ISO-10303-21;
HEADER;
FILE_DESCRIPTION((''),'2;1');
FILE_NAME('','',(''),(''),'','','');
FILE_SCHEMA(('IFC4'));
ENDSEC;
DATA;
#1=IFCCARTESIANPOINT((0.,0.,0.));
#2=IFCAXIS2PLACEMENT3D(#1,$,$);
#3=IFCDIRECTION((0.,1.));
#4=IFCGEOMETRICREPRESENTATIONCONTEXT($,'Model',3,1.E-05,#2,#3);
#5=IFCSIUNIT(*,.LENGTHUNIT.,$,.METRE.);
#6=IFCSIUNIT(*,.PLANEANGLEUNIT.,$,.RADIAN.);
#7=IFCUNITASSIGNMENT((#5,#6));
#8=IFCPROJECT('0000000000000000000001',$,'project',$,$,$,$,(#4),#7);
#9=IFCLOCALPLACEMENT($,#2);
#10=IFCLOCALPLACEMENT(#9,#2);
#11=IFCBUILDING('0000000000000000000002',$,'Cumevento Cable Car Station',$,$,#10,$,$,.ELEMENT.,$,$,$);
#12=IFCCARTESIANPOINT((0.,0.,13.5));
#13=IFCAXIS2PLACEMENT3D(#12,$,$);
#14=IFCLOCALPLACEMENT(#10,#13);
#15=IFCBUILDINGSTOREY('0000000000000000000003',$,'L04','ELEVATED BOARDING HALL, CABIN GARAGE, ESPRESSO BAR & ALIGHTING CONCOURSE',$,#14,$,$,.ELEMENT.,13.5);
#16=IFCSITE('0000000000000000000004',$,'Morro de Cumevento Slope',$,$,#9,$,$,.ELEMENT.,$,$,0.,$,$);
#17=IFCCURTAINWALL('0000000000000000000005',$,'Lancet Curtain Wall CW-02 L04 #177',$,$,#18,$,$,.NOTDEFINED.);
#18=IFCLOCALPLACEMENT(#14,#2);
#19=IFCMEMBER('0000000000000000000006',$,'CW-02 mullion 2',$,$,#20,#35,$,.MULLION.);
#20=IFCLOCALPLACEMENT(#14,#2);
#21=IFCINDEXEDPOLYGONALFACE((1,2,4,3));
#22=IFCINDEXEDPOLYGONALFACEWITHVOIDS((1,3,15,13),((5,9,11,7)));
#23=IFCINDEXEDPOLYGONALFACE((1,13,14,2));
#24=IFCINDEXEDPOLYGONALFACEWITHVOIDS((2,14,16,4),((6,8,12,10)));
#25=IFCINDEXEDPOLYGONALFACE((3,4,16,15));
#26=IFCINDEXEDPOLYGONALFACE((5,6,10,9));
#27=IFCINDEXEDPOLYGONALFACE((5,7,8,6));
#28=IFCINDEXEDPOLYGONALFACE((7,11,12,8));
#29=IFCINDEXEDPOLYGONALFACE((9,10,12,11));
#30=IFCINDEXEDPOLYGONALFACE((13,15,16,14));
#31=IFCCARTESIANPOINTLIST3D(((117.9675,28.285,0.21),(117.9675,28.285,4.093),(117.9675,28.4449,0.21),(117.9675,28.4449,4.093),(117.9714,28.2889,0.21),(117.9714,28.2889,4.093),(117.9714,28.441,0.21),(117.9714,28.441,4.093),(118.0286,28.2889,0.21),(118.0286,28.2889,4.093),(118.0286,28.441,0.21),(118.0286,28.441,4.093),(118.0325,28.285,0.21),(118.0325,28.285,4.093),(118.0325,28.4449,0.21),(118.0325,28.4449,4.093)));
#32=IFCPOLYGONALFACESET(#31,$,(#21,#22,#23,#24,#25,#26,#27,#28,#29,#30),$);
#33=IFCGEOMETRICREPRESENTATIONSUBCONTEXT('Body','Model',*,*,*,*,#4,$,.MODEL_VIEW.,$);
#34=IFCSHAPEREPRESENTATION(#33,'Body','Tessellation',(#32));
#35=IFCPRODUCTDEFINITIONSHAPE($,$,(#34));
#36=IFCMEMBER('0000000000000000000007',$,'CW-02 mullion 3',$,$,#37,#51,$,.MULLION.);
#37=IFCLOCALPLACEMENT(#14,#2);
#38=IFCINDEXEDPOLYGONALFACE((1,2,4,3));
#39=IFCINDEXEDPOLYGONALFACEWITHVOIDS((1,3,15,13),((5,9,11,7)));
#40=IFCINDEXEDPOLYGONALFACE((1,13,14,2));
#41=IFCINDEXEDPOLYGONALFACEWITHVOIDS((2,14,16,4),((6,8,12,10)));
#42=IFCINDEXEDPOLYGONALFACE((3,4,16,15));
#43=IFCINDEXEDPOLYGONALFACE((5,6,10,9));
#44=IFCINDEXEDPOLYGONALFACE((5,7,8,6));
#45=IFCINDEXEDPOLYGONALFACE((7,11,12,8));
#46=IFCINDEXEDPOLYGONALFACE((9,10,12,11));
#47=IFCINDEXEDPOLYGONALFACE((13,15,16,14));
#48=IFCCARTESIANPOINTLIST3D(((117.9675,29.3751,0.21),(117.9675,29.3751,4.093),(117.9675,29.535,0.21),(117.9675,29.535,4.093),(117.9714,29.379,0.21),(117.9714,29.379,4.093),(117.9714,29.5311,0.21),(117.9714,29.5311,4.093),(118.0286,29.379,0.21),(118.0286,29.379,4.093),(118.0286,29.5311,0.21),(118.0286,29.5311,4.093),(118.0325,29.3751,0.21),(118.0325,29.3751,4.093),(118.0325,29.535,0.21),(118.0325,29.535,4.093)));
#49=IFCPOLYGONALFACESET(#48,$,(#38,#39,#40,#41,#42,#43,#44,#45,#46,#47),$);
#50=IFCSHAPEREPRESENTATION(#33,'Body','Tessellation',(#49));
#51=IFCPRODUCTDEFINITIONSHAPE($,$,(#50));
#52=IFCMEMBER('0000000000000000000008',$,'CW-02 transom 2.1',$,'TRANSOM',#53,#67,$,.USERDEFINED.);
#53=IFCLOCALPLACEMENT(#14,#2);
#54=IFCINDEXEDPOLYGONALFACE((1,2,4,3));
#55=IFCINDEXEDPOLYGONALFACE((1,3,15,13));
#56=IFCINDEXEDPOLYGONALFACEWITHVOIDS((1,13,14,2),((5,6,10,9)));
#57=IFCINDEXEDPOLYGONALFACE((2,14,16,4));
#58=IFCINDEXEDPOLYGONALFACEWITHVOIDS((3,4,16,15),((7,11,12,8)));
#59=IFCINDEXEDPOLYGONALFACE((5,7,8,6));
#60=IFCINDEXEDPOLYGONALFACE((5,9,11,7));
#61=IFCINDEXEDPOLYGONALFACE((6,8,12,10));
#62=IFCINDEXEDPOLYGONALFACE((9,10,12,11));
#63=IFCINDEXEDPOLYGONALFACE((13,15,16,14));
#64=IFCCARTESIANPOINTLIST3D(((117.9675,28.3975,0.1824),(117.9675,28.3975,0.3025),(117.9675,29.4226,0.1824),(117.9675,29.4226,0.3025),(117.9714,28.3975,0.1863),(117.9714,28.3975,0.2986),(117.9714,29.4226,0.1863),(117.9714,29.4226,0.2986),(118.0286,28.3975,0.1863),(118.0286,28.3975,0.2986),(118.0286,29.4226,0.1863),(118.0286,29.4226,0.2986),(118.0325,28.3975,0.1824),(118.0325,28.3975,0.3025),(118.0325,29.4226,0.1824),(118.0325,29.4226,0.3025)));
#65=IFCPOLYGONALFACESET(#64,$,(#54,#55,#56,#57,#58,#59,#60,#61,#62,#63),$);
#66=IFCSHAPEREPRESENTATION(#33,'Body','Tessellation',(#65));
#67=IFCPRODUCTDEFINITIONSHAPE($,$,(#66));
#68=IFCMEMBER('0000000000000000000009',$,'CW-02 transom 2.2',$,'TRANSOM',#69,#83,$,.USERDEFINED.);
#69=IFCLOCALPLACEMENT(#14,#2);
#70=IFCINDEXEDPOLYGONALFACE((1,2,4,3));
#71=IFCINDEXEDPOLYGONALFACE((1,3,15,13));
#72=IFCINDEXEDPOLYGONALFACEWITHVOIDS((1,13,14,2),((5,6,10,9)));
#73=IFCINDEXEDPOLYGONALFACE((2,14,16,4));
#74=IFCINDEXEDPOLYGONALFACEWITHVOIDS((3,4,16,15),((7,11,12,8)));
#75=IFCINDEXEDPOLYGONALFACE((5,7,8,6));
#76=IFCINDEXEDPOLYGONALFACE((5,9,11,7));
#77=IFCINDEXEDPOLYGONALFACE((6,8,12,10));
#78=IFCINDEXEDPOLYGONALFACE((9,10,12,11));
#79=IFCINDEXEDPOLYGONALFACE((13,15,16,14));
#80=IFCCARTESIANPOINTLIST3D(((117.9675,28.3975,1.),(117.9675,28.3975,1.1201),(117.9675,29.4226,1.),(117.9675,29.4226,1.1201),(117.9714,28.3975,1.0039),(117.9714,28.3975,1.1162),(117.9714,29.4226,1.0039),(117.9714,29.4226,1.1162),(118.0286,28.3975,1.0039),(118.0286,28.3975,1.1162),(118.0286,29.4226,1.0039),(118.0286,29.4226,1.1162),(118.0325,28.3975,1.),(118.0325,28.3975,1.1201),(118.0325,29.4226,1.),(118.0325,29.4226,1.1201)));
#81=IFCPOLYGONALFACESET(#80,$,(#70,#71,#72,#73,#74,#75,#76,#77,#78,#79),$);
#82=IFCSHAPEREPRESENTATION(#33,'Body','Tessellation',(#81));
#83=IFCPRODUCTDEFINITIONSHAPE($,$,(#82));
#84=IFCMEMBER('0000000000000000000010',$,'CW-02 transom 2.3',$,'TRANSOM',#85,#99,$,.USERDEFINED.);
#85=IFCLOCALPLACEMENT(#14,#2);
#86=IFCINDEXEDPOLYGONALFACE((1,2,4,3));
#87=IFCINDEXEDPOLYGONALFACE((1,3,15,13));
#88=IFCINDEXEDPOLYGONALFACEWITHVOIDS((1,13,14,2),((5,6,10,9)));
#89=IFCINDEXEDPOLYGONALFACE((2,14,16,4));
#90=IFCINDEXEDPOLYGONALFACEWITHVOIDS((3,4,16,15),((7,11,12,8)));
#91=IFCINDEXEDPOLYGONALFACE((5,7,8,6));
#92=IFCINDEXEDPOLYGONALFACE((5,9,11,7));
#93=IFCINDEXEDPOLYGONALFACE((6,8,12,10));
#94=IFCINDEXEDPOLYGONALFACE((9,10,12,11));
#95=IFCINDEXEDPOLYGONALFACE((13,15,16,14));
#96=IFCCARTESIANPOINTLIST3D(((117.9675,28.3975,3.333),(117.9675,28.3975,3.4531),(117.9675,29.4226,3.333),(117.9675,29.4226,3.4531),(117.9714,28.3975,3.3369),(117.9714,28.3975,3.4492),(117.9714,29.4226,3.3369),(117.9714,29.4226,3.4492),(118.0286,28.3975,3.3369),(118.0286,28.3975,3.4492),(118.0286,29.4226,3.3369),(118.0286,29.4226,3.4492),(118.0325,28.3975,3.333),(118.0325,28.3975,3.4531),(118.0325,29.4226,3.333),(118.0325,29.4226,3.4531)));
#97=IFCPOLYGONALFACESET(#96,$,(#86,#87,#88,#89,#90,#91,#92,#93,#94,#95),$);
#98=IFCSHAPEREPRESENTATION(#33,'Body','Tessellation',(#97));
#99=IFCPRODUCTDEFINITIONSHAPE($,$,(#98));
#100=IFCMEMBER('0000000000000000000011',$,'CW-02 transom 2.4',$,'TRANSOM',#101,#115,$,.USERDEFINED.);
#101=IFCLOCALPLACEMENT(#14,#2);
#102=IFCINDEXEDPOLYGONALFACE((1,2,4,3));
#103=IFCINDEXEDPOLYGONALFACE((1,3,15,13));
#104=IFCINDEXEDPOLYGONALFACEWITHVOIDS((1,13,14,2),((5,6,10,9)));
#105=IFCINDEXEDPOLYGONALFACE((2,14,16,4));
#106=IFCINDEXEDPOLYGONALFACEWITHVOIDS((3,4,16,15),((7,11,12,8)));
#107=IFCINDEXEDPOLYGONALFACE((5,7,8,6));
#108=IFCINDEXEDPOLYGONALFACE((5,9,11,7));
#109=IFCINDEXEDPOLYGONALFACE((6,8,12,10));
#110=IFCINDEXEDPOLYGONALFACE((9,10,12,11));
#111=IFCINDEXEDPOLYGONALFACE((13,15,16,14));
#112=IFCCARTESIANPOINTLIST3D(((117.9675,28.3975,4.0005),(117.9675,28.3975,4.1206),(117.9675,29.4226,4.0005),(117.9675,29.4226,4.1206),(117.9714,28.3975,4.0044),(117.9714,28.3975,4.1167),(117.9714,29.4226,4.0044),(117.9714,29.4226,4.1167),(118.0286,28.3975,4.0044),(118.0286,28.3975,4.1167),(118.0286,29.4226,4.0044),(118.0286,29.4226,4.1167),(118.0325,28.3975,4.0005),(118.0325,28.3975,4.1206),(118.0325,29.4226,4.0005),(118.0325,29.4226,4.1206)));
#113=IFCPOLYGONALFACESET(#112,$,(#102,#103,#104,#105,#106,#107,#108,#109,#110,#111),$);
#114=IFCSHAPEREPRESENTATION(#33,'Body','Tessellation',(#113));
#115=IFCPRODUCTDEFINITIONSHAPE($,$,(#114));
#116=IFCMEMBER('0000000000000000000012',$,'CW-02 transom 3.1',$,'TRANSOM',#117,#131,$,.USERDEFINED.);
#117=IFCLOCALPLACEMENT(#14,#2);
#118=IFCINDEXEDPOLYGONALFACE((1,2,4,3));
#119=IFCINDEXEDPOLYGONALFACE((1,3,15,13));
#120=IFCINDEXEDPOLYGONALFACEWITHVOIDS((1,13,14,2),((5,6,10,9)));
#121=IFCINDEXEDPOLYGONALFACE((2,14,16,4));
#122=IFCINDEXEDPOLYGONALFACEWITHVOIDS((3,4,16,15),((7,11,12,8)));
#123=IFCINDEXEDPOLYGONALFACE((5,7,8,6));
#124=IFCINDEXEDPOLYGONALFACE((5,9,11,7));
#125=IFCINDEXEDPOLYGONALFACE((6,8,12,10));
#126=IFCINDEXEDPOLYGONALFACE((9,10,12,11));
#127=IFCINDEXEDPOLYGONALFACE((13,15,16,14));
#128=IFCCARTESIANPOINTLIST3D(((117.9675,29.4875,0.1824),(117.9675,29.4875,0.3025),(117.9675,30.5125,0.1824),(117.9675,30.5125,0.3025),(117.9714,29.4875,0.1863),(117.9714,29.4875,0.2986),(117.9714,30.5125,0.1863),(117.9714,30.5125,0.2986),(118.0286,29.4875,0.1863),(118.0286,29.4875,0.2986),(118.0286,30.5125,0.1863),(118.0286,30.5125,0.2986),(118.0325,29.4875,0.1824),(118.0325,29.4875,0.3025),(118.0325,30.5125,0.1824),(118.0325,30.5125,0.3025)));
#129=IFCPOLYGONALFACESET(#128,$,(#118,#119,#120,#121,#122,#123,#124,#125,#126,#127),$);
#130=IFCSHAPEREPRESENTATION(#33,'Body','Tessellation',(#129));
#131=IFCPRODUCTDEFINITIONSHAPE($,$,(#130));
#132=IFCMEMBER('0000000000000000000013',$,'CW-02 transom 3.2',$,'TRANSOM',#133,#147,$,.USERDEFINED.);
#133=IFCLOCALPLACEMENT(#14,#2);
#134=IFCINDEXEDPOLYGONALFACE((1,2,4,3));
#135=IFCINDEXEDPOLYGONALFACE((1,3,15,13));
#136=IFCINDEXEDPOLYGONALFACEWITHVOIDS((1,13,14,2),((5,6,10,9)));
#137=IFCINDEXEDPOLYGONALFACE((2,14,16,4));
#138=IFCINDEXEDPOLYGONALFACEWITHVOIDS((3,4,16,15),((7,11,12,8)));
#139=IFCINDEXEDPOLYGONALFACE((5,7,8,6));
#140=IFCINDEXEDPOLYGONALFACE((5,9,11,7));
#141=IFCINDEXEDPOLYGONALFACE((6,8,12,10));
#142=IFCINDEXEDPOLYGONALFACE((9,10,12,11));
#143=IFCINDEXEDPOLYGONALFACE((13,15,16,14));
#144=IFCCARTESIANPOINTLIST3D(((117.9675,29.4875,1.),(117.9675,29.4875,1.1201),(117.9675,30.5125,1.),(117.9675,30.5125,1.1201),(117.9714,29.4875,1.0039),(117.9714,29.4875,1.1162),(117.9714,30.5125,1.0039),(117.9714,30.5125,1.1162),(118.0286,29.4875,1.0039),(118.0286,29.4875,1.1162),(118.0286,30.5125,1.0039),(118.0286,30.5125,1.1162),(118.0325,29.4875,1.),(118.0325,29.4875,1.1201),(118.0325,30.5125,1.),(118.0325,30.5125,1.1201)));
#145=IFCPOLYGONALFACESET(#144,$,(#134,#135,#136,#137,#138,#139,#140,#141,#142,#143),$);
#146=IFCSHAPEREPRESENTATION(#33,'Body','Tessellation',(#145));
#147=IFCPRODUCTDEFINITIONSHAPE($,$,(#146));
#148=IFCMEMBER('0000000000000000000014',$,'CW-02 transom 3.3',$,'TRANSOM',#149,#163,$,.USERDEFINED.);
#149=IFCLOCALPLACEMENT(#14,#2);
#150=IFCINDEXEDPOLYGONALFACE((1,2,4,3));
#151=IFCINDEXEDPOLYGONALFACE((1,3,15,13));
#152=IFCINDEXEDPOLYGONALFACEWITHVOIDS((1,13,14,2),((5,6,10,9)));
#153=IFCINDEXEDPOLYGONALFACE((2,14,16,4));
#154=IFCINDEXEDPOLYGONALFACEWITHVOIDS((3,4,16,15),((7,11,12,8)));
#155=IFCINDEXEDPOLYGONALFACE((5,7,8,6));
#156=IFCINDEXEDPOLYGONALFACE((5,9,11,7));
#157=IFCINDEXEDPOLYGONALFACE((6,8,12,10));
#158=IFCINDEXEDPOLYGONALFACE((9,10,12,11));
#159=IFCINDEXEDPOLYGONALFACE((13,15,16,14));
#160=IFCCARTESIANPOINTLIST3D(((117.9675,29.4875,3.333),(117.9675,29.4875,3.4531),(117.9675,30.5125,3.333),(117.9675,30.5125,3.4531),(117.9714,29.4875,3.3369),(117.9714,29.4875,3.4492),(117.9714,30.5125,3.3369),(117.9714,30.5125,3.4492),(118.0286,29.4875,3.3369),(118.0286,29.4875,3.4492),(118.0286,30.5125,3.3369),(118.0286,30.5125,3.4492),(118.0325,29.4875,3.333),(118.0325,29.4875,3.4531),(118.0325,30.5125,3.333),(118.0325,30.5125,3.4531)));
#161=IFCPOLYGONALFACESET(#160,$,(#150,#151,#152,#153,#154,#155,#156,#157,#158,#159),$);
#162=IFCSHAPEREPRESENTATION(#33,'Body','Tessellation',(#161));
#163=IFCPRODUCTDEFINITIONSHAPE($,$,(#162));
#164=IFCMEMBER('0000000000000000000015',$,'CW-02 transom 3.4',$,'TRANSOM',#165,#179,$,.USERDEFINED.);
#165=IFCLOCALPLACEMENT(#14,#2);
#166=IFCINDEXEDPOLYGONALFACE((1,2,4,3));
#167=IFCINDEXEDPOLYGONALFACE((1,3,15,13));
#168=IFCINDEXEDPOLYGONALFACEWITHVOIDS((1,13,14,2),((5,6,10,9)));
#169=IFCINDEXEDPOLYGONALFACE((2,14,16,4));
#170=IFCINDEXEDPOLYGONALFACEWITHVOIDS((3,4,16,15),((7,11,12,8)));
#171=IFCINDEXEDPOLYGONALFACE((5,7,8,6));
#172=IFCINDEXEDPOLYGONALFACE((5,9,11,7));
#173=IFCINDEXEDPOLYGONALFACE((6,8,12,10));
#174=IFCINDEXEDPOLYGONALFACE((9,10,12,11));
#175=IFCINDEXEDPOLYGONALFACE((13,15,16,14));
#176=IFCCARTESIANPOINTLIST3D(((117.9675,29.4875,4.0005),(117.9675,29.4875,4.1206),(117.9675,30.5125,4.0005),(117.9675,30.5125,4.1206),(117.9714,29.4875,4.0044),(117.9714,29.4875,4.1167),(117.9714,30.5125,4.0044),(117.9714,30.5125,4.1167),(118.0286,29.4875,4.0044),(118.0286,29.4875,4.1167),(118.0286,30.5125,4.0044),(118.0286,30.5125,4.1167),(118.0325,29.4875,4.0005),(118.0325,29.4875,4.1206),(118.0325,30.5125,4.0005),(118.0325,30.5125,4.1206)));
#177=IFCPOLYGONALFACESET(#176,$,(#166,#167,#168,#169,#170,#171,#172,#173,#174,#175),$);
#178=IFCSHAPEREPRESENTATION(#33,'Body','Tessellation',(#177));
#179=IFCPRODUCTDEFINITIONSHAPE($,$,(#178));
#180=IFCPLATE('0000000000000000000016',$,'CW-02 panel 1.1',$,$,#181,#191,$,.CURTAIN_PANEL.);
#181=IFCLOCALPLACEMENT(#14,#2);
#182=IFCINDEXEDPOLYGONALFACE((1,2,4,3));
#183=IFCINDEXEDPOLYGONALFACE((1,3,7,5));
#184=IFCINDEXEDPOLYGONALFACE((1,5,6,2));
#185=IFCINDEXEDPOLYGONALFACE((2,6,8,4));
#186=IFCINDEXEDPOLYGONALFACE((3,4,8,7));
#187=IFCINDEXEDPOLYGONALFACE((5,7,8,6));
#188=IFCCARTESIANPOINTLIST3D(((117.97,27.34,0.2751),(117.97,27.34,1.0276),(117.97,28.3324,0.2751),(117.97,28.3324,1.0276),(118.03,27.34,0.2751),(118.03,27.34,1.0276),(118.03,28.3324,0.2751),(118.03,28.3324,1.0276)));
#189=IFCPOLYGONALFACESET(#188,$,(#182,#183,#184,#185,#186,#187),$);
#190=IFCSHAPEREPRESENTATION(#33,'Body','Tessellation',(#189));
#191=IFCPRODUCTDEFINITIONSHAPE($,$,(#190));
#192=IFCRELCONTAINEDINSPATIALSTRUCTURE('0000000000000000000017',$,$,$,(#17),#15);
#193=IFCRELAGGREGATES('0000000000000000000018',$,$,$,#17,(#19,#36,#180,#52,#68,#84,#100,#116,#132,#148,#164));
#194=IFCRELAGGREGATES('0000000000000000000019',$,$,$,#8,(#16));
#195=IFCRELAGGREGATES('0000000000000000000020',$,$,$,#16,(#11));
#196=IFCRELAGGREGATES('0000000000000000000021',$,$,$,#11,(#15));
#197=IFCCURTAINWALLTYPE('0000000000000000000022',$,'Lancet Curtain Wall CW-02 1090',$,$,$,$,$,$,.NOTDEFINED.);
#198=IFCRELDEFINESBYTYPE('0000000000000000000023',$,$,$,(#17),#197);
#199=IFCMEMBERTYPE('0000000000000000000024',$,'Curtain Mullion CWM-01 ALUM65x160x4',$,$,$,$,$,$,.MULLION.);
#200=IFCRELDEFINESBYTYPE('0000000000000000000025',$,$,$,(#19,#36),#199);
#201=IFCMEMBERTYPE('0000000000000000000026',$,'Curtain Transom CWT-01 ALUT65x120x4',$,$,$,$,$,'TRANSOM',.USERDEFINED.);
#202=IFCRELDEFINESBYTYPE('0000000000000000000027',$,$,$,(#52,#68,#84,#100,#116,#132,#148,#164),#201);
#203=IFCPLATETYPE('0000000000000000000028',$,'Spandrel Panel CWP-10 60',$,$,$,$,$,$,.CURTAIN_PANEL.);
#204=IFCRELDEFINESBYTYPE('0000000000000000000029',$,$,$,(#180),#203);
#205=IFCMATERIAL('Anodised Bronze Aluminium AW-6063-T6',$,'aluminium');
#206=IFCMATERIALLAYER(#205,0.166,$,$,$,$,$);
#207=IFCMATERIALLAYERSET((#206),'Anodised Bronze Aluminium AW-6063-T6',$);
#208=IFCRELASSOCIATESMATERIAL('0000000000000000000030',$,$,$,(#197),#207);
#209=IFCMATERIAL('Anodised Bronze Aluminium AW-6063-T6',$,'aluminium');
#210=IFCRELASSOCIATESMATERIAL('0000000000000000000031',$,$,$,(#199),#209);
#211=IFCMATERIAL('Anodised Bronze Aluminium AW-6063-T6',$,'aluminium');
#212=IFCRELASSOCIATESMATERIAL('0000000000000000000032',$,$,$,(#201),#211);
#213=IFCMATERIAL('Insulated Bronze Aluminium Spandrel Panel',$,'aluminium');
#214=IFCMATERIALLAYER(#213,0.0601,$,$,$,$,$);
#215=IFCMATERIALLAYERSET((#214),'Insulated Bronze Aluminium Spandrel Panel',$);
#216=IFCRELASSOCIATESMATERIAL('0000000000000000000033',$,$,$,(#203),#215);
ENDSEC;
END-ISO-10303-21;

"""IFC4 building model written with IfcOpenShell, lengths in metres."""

from ifc_helpers import new_model, si_unit, direction, frame, origin, origin_2d, place, context, subcontext, project, spatial, rectangle, hollow_rectangle, extrude, material, layer, layer_set, material_profile, profile_set, type_object, element, aggregate, save


model = new_model("IFC4")

# Units and contexts
model_context = context("Model", 3, precision=1e-05, world=origin(), true_north=direction((0.0, 1.0)))
body_context = subcontext(model_context, "Body", "Model", "MODEL_VIEW")
ifc_project = project(units=[si_unit("LENGTHUNIT", "METRE"), si_unit("PLANEANGLEUNIT", "RADIAN")], contexts=[model_context])

# Site, building, storey
site_placement = place(None, origin())
site = spatial("IfcSite", under=ifc_project, at=site_placement, Name="Morro de Cumevento Slope", CompositionType="ELEMENT", RefElevation=0.0)
building_placement = place(site_placement, origin())
building = spatial("IfcBuilding", under=site, at=building_placement, Name="Cumevento Cable Car Station", CompositionType="ELEMENT")
storey_placement = place(building_placement, frame((0.0, 0.0, 13.5)))
storey = spatial("IfcBuildingStorey", under=building, at=storey_placement, Name="L04", Description="ELEVATED BOARDING HALL, CABIN GARAGE, ESPRESSO BAR & ALIGHTING CONCOURSE", CompositionType="ELEMENT", Elevation=13.5)

# Curtain wall, members, plate
ifc_material_1 = material(Name="Anodised Bronze Aluminium AW-6063-T6", Category="aluminium")
ifc_layer_1 = layer(ifc_material_1, 0.166)
ifc_layer_set_1 = layer_set([ifc_layer_1], Name="Anodised Bronze Aluminium AW-6063-T6")
curtain_wall_type = type_object("IfcCurtainWallType", Name="Lancet Curtain Wall CW-02 1090", PredefinedType="NOTDEFINED", material=ifc_layer_set_1)
curtain_wall_placement = place(storey_placement, origin())
curtain_wall = element("IfcCurtainWall", 1, at=curtain_wall_placement, inside=storey, type_object=curtain_wall_type, Name="Lancet Curtain Wall CW-02 L04 #177", PredefinedType="NOTDEFINED")
ifc_material_2 = material(Name="Anodised Bronze Aluminium AW-6063-T6", Category="aluminium")
ifc_material_profile_1 = material_profile(ifc_material_2, hollow_rectangle(XDim=0.0649, YDim=0.1599, WallThickness=0.0039, at=origin_2d()), Name="ALUM65x160x4")
ifc_profile_set_1 = profile_set([ifc_material_profile_1], Name="Anodised Bronze Aluminium AW-6063-T6")
member_type_1 = type_object("IfcMemberType", Name="Curtain Mullion CWM-01 ALUM65x160x4", PredefinedType="MULLION", material=ifc_profile_set_1)
member_1_placement = place(storey_placement, frame((118.0, 28.365, 0.21), z_axis=(0.0, 0.0, 1.0), x_axis=(-1.0, 0.0, 0.0)))
member_1 = element("IfcMember", 2, at=member_1_placement, type_object=member_type_1, Name="CW-02 mullion 2", PredefinedType="MULLION", context=body_context, shape_type="SweptSolid", body=[
    extrude(hollow_rectangle(XDim=0.0649, YDim=0.1599, WallThickness=0.0039, at=origin_2d()), origin(), (0.0, 0.0, 1.0), 3.8831),
])
member_2_placement = place(storey_placement, frame((118.0, 29.4551, 0.21), z_axis=(0.0, 0.0, 1.0), x_axis=(-1.0, 0.0, 0.0)))
member_2 = element("IfcMember", 3, at=member_2_placement, type_object=member_type_1, Name="CW-02 mullion 3", PredefinedType="MULLION", context=body_context, shape_type="SweptSolid", body=[
    extrude(hollow_rectangle(XDim=0.0649, YDim=0.1599, WallThickness=0.0039, at=origin_2d()), origin(), (0.0, 0.0, 1.0), 3.8831),
])
ifc_material_3 = material(Name="Anodised Bronze Aluminium AW-6063-T6", Category="aluminium")
ifc_material_profile_2 = material_profile(ifc_material_3, hollow_rectangle(XDim=0.0649, YDim=0.1201, WallThickness=0.0039, at=origin_2d()), Name="ALUT65x120x4")
ifc_profile_set_2 = profile_set([ifc_material_profile_2], Name="Anodised Bronze Aluminium AW-6063-T6")
member_type_2 = type_object("IfcMemberType", Name="Curtain Transom CWT-01 ALUT65x120x4", ElementType="TRANSOM", PredefinedType="USERDEFINED", material=ifc_profile_set_2)
member_3_placement = place(storey_placement, frame((118.0, 28.3975, 0.2424), z_axis=(0.0, 1.0, 0.0), x_axis=(-1.0, 0.0, 0.0)))
member_3 = element("IfcMember", 4, at=member_3_placement, type_object=member_type_2, Name="CW-02 transom 2.1", ObjectType="TRANSOM", PredefinedType="USERDEFINED", context=body_context, shape_type="SweptSolid", body=[
    extrude(hollow_rectangle(XDim=0.0649, YDim=0.1201, WallThickness=0.0039, at=origin_2d()), origin(), (0.0, 0.0, 1.0), 1.0251),
])
member_4_placement = place(storey_placement, frame((118.0, 28.3975, 1.0601), z_axis=(0.0, 1.0, 0.0), x_axis=(-1.0, 0.0, 0.0)))
member_4 = element("IfcMember", 5, at=member_4_placement, type_object=member_type_2, Name="CW-02 transom 2.2", ObjectType="TRANSOM", PredefinedType="USERDEFINED", context=body_context, shape_type="SweptSolid", body=[
    extrude(hollow_rectangle(XDim=0.0649, YDim=0.1201, WallThickness=0.0039, at=origin_2d()), origin(), (0.0, 0.0, 1.0), 1.0251),
])
member_5_placement = place(storey_placement, frame((118.0, 28.3975, 3.3931), z_axis=(0.0, 1.0, 0.0), x_axis=(-1.0, 0.0, 0.0)))
member_5 = element("IfcMember", 6, at=member_5_placement, type_object=member_type_2, Name="CW-02 transom 2.3", ObjectType="TRANSOM", PredefinedType="USERDEFINED", context=body_context, shape_type="SweptSolid", body=[
    extrude(hollow_rectangle(XDim=0.0649, YDim=0.1201, WallThickness=0.0039, at=origin_2d()), origin(), (0.0, 0.0, 1.0), 1.0251),
])
member_6_placement = place(storey_placement, frame((118.0, 28.3975, 4.0605), z_axis=(0.0, 1.0, 0.0), x_axis=(-1.0, 0.0, 0.0)))
member_6 = element("IfcMember", 7, at=member_6_placement, type_object=member_type_2, Name="CW-02 transom 2.4", ObjectType="TRANSOM", PredefinedType="USERDEFINED", context=body_context, shape_type="SweptSolid", body=[
    extrude(hollow_rectangle(XDim=0.0649, YDim=0.1201, WallThickness=0.0039, at=origin_2d()), origin(), (0.0, 0.0, 1.0), 1.0251),
])
member_7_placement = place(storey_placement, frame((118.0, 29.4875, 0.2424), z_axis=(0.0, 1.0, 0.0), x_axis=(-1.0, 0.0, 0.0)))
member_7 = element("IfcMember", 8, at=member_7_placement, type_object=member_type_2, Name="CW-02 transom 3.1", ObjectType="TRANSOM", PredefinedType="USERDEFINED", context=body_context, shape_type="SweptSolid", body=[
    extrude(hollow_rectangle(XDim=0.0649, YDim=0.1201, WallThickness=0.0039, at=origin_2d()), origin(), (0.0, 0.0, 1.0), 1.0249),
])
member_8_placement = place(storey_placement, frame((118.0, 29.4875, 1.0601), z_axis=(0.0, 1.0, 0.0), x_axis=(-1.0, 0.0, 0.0)))
member_8 = element("IfcMember", 9, at=member_8_placement, type_object=member_type_2, Name="CW-02 transom 3.2", ObjectType="TRANSOM", PredefinedType="USERDEFINED", context=body_context, shape_type="SweptSolid", body=[
    extrude(hollow_rectangle(XDim=0.0649, YDim=0.1201, WallThickness=0.0039, at=origin_2d()), origin(), (0.0, 0.0, 1.0), 1.0249),
])
member_9_placement = place(storey_placement, frame((118.0, 29.4875, 3.3931), z_axis=(0.0, 1.0, 0.0), x_axis=(-1.0, 0.0, 0.0)))
member_9 = element("IfcMember", 10, at=member_9_placement, type_object=member_type_2, Name="CW-02 transom 3.3", ObjectType="TRANSOM", PredefinedType="USERDEFINED", context=body_context, shape_type="SweptSolid", body=[
    extrude(hollow_rectangle(XDim=0.0649, YDim=0.1201, WallThickness=0.0039, at=origin_2d()), origin(), (0.0, 0.0, 1.0), 1.0249),
])
member_10_placement = place(storey_placement, frame((118.0, 29.4875, 4.0605), z_axis=(0.0, 1.0, 0.0), x_axis=(-1.0, 0.0, 0.0)))
member_10 = element("IfcMember", 11, at=member_10_placement, type_object=member_type_2, Name="CW-02 transom 3.4", ObjectType="TRANSOM", PredefinedType="USERDEFINED", context=body_context, shape_type="SweptSolid", body=[
    extrude(hollow_rectangle(XDim=0.0649, YDim=0.1201, WallThickness=0.0039, at=origin_2d()), origin(), (0.0, 0.0, 1.0), 1.0249),
])
ifc_material_4 = material(Name="Insulated Bronze Aluminium Spandrel Panel", Category="aluminium")
ifc_layer_2 = layer(ifc_material_4, 0.0601)
ifc_layer_set_2 = layer_set([ifc_layer_2], Name="Insulated Bronze Aluminium Spandrel Panel")
plate_type = type_object("IfcPlateType", Name="Spandrel Panel CWP-10 60", PredefinedType="CURTAIN_PANEL", material=ifc_layer_set_2)
plate_1_placement = place(storey_placement, frame((118.0, 27.8362, 0.2751), z_axis=(0.0, 0.0, 1.0), x_axis=(0.0, 1.0, 0.0)))
plate_1 = element("IfcPlate", 12, at=plate_1_placement, type_object=plate_type, Name="CW-02 panel 1.1", PredefinedType="CURTAIN_PANEL", context=body_context, shape_type="SweptSolid", body=[
    extrude(rectangle(XDim=0.9924, YDim=0.0601, at=origin_2d()), origin(), (0.0, 0.0, 1.0), 0.7524),
])
aggregate(curtain_wall, [member_1, member_2, plate_1, member_3, member_4, member_5, member_6, member_7, member_8, member_9, member_10])

save(model, "model.ifc")
